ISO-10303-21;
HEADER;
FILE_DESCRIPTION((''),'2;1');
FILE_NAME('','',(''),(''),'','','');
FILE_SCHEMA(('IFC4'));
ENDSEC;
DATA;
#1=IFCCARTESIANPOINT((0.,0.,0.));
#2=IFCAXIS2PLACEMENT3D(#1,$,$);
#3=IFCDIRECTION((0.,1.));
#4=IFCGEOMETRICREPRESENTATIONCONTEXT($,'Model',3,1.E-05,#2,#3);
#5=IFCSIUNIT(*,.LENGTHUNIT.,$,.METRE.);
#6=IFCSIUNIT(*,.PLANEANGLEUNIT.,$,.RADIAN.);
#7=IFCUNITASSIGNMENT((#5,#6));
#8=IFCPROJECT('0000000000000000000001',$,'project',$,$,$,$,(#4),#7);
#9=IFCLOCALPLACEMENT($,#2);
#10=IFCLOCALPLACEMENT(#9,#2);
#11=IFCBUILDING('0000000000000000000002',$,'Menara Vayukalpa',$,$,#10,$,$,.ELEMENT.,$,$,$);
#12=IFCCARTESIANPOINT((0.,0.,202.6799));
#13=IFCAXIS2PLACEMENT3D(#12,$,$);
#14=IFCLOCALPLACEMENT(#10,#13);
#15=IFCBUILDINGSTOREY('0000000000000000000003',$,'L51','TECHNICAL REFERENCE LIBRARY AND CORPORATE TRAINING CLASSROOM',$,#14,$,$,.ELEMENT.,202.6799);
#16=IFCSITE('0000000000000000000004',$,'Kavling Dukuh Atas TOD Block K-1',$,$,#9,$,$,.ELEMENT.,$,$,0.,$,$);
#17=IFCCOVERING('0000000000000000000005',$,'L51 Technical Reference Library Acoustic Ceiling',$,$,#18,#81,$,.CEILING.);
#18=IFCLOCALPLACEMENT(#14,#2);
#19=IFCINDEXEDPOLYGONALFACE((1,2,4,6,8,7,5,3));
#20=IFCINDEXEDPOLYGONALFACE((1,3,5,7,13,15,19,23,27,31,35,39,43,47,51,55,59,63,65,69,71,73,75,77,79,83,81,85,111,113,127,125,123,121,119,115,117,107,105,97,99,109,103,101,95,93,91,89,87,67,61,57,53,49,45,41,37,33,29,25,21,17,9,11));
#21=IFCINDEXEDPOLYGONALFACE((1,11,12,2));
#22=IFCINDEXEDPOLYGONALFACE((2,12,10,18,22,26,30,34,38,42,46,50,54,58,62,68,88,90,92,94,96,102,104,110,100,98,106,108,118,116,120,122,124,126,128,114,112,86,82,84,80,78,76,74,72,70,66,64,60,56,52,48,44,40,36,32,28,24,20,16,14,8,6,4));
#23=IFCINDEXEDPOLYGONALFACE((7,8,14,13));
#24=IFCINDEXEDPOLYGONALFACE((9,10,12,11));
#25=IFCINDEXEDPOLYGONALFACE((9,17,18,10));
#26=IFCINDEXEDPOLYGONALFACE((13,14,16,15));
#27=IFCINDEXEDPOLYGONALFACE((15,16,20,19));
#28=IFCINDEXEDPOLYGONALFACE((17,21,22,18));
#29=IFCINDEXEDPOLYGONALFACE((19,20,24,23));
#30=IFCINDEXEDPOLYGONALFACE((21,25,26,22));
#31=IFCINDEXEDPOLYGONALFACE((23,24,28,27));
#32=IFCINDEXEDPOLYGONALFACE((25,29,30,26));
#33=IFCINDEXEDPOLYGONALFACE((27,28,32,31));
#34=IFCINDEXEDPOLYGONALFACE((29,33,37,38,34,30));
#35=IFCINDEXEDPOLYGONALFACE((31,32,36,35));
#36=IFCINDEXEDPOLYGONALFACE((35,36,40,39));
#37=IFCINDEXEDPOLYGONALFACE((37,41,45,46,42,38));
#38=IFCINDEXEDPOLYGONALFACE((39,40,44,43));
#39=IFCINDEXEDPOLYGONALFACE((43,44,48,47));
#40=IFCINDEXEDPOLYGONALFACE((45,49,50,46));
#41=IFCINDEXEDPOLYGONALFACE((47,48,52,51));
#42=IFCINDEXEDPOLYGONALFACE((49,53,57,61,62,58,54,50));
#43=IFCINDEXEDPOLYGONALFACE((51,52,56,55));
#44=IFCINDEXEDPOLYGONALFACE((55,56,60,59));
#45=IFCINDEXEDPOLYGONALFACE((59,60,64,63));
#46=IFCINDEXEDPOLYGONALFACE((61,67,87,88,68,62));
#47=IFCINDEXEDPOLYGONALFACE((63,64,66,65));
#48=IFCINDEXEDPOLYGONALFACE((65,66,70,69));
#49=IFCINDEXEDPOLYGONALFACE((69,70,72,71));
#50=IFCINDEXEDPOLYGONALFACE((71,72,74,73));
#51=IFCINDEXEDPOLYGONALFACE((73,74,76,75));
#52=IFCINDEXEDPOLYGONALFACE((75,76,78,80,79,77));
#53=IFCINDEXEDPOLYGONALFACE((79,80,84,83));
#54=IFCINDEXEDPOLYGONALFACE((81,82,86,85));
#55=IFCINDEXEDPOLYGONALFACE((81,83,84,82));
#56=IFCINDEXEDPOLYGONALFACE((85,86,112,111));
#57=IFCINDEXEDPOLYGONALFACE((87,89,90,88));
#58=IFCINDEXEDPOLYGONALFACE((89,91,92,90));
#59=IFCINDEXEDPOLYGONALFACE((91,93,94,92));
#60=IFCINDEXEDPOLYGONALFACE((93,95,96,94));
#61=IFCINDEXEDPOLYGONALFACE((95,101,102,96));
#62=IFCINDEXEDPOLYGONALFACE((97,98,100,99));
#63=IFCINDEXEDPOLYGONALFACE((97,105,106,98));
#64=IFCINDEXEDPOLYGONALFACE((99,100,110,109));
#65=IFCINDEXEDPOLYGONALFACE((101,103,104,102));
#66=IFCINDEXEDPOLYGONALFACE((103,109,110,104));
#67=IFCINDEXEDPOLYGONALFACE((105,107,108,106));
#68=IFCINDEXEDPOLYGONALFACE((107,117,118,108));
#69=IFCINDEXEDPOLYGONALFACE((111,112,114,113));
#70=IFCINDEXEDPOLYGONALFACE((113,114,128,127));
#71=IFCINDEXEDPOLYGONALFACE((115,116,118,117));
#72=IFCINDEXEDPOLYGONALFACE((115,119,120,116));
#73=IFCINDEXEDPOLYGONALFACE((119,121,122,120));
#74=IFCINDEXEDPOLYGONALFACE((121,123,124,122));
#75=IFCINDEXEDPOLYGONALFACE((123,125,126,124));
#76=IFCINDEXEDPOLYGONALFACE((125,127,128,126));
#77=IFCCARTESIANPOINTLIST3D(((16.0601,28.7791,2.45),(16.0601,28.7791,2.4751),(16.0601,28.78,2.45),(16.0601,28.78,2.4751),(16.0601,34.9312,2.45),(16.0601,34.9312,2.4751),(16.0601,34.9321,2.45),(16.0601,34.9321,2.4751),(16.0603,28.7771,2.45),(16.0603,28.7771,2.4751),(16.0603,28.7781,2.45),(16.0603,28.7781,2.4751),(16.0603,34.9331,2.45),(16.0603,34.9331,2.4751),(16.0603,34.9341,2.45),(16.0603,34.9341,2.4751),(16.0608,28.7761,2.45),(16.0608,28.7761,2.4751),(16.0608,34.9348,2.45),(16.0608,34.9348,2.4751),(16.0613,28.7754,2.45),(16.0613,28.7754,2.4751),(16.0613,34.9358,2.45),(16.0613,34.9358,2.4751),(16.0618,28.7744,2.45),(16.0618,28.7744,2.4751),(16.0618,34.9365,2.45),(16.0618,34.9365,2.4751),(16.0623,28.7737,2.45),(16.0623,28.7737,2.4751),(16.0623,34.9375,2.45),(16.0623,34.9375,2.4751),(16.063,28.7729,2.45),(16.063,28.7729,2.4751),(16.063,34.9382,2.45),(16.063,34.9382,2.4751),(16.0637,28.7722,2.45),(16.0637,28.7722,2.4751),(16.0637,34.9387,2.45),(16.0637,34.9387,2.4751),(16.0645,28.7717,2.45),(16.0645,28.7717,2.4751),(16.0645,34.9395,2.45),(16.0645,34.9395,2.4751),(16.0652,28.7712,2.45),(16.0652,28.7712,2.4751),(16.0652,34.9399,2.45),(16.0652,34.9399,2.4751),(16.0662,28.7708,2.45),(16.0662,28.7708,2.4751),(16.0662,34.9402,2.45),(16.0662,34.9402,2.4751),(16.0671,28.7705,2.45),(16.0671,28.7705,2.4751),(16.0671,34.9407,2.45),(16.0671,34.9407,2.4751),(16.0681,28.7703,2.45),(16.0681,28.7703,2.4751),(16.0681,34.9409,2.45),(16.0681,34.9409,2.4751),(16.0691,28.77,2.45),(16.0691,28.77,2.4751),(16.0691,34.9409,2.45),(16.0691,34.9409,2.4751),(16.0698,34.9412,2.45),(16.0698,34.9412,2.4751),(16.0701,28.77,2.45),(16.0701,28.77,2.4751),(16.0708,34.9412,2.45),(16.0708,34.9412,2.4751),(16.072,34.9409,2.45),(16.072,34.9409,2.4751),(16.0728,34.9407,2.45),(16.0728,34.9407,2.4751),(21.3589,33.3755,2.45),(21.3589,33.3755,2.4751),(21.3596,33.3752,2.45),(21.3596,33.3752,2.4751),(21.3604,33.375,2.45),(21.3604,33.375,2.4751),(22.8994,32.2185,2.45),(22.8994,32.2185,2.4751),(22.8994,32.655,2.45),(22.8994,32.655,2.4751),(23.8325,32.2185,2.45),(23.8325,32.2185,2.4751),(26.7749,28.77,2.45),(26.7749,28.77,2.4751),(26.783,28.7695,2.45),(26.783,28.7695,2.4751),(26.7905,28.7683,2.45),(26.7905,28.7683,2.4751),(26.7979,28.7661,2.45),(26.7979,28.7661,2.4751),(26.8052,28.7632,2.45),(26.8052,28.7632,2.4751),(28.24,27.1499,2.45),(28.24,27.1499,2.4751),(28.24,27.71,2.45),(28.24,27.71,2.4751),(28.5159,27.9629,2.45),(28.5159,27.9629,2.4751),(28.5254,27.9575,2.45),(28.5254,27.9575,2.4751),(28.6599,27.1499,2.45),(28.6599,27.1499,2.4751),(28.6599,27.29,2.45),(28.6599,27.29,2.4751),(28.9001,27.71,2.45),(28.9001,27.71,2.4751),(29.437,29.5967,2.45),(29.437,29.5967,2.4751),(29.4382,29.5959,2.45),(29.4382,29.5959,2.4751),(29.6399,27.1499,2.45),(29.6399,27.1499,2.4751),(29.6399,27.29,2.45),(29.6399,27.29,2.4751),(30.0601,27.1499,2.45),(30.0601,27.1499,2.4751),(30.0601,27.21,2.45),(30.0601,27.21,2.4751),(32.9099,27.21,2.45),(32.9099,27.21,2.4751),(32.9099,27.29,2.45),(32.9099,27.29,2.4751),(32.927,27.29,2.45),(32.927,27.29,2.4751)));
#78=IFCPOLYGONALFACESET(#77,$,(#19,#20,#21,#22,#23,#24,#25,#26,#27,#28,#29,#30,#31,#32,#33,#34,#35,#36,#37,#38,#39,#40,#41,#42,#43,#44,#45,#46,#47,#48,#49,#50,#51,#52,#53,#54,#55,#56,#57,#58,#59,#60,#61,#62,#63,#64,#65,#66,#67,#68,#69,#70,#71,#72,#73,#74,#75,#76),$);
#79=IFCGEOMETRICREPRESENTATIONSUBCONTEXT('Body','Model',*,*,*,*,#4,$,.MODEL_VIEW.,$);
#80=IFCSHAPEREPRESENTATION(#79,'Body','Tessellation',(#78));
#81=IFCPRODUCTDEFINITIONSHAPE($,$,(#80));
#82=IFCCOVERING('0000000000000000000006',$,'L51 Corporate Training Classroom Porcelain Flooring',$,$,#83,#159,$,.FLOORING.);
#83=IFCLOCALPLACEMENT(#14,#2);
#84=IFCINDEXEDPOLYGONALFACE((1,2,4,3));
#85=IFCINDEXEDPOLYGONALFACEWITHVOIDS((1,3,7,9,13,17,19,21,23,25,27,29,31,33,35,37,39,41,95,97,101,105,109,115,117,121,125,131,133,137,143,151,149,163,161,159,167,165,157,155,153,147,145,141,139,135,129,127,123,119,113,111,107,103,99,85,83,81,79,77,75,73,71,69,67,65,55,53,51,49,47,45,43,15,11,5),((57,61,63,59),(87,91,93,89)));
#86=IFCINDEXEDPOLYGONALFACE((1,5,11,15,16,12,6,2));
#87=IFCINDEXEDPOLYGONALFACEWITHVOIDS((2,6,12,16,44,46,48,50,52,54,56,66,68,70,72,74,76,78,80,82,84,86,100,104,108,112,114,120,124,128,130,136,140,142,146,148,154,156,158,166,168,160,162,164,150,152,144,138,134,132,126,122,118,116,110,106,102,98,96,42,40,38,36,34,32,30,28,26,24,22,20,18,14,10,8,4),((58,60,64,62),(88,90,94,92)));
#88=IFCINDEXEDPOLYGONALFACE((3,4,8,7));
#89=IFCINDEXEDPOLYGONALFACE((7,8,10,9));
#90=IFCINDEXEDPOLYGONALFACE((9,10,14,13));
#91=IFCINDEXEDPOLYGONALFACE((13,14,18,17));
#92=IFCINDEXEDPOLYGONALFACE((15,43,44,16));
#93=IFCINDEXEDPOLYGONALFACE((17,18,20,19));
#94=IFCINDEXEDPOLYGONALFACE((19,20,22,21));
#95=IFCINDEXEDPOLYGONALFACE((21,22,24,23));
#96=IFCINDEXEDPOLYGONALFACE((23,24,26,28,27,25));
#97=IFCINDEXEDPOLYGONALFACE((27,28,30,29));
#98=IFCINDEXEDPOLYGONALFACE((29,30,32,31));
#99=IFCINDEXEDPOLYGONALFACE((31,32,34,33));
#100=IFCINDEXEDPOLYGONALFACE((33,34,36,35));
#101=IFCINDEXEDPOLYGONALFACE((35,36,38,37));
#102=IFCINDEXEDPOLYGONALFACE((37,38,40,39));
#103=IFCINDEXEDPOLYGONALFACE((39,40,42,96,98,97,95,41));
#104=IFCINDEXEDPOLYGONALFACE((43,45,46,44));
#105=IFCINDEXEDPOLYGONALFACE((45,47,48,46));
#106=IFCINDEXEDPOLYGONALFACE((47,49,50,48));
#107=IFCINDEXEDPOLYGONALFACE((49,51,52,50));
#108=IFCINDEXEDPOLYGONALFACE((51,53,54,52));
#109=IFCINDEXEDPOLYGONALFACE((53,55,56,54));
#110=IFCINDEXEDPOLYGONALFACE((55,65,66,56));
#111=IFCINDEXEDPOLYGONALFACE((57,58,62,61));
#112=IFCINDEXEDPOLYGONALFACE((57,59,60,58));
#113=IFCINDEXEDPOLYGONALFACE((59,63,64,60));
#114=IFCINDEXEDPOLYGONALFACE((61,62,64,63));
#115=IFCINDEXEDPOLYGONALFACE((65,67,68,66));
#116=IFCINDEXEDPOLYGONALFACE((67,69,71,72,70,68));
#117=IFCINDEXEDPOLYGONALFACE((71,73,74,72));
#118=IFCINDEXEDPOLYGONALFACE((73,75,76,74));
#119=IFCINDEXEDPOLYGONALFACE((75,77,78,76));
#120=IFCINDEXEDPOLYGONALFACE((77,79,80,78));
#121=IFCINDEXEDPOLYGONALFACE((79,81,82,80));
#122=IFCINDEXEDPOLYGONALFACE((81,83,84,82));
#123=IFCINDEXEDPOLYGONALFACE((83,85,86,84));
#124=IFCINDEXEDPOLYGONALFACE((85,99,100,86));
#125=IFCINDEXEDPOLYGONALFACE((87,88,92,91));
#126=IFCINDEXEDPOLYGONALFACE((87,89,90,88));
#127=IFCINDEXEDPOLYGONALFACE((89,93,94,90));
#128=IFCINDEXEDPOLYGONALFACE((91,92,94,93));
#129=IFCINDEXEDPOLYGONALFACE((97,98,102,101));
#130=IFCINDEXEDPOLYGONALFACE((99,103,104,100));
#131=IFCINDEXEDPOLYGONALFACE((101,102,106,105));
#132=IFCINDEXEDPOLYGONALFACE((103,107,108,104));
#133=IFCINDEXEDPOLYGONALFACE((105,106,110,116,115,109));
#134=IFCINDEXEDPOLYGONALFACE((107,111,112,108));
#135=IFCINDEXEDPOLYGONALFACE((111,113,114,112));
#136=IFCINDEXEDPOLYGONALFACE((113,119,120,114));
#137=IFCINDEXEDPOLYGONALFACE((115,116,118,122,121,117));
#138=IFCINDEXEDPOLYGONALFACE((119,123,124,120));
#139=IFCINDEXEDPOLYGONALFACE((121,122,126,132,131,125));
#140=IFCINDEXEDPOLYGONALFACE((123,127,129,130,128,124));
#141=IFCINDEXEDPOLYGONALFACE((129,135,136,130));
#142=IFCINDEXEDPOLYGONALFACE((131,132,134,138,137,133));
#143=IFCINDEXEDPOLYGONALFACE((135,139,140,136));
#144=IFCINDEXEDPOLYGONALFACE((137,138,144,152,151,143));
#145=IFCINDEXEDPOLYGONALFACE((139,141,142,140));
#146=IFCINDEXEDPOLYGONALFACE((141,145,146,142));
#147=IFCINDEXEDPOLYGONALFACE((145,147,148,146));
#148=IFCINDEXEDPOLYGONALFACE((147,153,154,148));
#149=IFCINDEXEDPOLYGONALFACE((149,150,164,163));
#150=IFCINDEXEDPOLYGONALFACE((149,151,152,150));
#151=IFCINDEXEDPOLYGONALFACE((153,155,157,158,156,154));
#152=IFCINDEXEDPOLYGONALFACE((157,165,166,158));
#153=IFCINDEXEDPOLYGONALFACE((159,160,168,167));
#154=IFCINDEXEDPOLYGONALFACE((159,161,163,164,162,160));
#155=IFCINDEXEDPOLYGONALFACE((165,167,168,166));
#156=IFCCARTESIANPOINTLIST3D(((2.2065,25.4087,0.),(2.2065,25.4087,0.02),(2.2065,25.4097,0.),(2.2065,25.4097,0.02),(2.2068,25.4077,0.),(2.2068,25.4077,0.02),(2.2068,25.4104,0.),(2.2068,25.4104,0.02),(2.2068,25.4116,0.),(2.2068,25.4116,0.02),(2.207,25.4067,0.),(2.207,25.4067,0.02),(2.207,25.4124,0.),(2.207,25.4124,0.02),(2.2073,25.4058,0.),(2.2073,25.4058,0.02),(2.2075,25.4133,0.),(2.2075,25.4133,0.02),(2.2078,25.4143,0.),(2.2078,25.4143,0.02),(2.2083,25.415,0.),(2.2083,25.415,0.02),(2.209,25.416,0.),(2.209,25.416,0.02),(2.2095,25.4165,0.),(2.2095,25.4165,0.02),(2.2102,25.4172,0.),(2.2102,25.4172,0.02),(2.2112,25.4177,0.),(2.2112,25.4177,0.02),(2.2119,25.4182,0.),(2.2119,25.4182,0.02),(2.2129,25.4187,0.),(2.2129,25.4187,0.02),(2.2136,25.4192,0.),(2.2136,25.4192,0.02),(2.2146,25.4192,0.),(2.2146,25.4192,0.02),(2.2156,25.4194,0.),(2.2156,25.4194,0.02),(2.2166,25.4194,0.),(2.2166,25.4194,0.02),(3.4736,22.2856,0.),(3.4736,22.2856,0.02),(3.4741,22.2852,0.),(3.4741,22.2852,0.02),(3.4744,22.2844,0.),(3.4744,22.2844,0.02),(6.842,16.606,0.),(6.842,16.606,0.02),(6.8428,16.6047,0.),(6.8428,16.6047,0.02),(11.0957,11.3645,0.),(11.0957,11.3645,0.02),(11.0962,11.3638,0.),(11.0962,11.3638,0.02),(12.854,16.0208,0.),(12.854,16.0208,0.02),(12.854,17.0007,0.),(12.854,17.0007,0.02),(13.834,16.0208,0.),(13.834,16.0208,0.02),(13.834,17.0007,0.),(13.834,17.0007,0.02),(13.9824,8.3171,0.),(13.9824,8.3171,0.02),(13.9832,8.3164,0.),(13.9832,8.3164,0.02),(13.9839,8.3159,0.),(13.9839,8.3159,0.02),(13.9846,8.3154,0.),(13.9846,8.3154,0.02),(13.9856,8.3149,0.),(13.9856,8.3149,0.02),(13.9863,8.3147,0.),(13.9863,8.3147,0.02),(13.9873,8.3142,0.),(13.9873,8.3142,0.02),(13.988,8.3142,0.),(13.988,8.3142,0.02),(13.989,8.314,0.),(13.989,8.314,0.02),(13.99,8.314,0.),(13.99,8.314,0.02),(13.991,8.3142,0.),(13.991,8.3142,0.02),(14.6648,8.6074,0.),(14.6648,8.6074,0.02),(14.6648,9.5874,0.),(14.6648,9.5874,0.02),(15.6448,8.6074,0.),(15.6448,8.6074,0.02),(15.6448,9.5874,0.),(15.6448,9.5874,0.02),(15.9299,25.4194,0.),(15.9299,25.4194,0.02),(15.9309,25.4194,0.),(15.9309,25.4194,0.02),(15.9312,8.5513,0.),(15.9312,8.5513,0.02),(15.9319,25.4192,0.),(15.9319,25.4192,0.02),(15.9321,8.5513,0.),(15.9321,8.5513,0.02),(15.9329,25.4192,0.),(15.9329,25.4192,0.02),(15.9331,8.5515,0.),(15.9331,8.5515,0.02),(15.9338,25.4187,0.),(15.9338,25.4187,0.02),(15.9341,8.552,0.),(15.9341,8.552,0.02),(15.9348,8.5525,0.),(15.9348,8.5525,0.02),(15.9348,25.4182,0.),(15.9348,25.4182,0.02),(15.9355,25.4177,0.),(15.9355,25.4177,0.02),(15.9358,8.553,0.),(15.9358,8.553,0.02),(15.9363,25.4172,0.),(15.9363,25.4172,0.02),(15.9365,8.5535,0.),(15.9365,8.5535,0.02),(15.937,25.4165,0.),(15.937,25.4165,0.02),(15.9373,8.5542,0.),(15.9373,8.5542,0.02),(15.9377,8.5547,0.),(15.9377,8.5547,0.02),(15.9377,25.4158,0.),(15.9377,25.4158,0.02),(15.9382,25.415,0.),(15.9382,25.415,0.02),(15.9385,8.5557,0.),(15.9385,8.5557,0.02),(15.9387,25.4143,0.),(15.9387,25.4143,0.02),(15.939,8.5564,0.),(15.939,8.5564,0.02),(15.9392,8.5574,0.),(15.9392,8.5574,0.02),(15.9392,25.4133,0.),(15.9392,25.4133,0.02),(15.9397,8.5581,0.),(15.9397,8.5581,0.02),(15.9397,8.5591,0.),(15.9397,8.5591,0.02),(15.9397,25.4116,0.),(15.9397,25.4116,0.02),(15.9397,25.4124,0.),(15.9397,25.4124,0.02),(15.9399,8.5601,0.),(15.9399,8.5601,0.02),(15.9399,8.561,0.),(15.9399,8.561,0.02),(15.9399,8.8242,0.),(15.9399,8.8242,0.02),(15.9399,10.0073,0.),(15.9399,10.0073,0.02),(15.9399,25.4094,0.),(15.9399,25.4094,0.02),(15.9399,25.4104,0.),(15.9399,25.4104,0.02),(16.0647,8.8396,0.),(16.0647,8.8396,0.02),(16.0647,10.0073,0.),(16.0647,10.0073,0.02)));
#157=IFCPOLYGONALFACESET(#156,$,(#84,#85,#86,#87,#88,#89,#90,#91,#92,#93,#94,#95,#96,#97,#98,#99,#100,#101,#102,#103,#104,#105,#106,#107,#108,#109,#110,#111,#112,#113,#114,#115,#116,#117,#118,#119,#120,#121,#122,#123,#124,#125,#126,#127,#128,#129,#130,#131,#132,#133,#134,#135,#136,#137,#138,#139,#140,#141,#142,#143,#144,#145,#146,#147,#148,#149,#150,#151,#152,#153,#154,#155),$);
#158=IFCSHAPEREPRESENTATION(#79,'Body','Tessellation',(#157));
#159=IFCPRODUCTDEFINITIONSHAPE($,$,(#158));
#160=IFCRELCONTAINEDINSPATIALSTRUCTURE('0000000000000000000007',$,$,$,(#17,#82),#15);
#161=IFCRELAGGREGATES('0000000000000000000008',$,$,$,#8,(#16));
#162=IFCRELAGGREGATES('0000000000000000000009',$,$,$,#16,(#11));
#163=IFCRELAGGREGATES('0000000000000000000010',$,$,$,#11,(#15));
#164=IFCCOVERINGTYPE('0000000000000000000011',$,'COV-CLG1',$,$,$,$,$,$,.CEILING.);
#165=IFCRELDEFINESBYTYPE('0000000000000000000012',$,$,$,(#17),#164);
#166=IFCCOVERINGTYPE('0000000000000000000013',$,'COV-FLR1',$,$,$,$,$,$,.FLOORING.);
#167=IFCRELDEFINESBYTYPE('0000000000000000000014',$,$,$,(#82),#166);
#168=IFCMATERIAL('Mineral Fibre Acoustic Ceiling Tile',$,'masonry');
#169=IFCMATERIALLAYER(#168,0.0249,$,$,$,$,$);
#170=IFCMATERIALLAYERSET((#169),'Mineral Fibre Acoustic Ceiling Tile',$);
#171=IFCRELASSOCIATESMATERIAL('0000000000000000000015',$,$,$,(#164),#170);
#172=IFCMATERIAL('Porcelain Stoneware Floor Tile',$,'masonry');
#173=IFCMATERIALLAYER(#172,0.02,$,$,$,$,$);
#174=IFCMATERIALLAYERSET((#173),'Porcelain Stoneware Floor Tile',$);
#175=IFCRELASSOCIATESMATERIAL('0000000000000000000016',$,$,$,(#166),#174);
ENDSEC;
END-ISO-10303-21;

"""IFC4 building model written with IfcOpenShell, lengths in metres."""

from ifc_helpers import new_model, si_unit, direction, frame, origin, place, context, subcontext, project, spatial, polyline, outline, extrude, material, layer, layer_set, type_object, element, save


model = new_model("IFC4")

# Units and contexts
model_context = context("Model", 3, precision=1e-05, world=origin(), true_north=direction((0.0, 1.0)))
body_context = subcontext(model_context, "Body", "Model", "MODEL_VIEW")
ifc_project = project(units=[si_unit("LENGTHUNIT", "METRE"), si_unit("PLANEANGLEUNIT", "RADIAN")], contexts=[model_context])

# Site, building, storey
site_placement = place(None, origin())
site = spatial("IfcSite", under=ifc_project, at=site_placement, Name="Kavling Dukuh Atas TOD Block K-1", CompositionType="ELEMENT", RefElevation=0.0)
building_placement = place(site_placement, origin())
building = spatial("IfcBuilding", under=site, at=building_placement, Name="Menara Vayukalpa", CompositionType="ELEMENT")
storey_placement = place(building_placement, frame((0.0, 0.0, 202.6799)))
storey = spatial("IfcBuildingStorey", under=building, at=storey_placement, Name="L51", Description="TECHNICAL REFERENCE LIBRARY AND CORPORATE TRAINING CLASSROOM", CompositionType="ELEMENT", Elevation=202.6799)

# Coverings
ifc_material_1 = material(Name="Mineral Fibre Acoustic Ceiling Tile", Category="masonry")
ifc_layer_1 = layer(ifc_material_1, 0.0249)
ifc_layer_set_1 = layer_set([ifc_layer_1], Name="Mineral Fibre Acoustic Ceiling Tile")
covering_type_1 = type_object("IfcCoveringType", Name="COV-CLG1", PredefinedType="CEILING", material=ifc_layer_set_1)
covering_1_placement = place(storey_placement, frame((0.0, 0.0, 2.45)))
element("IfcCovering", 1, at=covering_1_placement, inside=storey, type_object=covering_type_1, Name="L51 Technical Reference Library Acoustic Ceiling", PredefinedType="CEILING", context=body_context, shape_type="SweptSolid", body=[
    extrude(outline(polyline([(28.5254, 27.9575), (28.5159, 27.9629), (26.8052, 28.7632), (26.7979, 28.7661), (26.7905, 28.7683), (26.783, 28.7695), (26.7749, 28.77), (16.0701, 28.77), (16.0691, 28.77), (16.0681, 28.7703), (16.0671, 28.7705), (16.0662, 28.7708), (16.0652, 28.7712), (16.0645, 28.7717), (16.0637, 28.7722), (16.063, 28.7729), (16.0623, 28.7737), (16.0618, 28.7744), (16.0613, 28.7754), (16.0608, 28.7761), (16.0603, 28.7771), (16.0603, 28.7781), (16.0601, 28.7791), (16.0601, 28.78), (16.0601, 34.9312), (16.0601, 34.9321), (16.0603, 34.9331), (16.0603, 34.9341), (16.0608, 34.9348), (16.0613, 34.9358), (16.0618, 34.9365), (16.0623, 34.9375), (16.063, 34.9382), (16.0637, 34.9387), (16.0645, 34.9395), (16.0652, 34.9399), (16.0662, 34.9402), (16.0671, 34.9407), (16.0681, 34.9409), (16.0691, 34.9409), (16.0698, 34.9412), (16.0708, 34.9412), (16.072, 34.9409), (16.0728, 34.9407), (21.3589, 33.3755), (21.3596, 33.3752), (21.3604, 33.375), (22.8994, 32.655), (22.8994, 32.2185), (23.8325, 32.2185), (29.437, 29.5967), (29.4382, 29.5959), (32.927, 27.29), (32.9099, 27.29), (32.9099, 27.21), (30.0601, 27.21), (30.0601, 27.1499), (29.6399, 27.1499), (29.6399, 27.29), (28.6599, 27.29), (28.6599, 27.1499), (28.24, 27.1499), (28.24, 27.71), (28.9001, 27.71), (28.5254, 27.9575)])), origin(), (0.0, 0.0, 1.0), 0.0251),
])
ifc_material_2 = material(Name="Porcelain Stoneware Floor Tile", Category="masonry")
ifc_layer_2 = layer(ifc_material_2, 0.02)
ifc_layer_set_2 = layer_set([ifc_layer_2], Name="Porcelain Stoneware Floor Tile")
covering_type_2 = type_object("IfcCoveringType", Name="COV-FLR1", PredefinedType="FLOORING", material=ifc_layer_set_2)
covering_2_placement = place(storey_placement, origin())
element("IfcCovering", 2, at=covering_2_placement, inside=storey, type_object=covering_type_2, Name="L51 Corporate Training Classroom Porcelain Flooring", PredefinedType="FLOORING", context=body_context, shape_type="SweptSolid", body=[
    extrude(outline(polyline([(16.0647, 8.8396), (15.9399, 8.8242), (15.9399, 8.561), (15.9399, 8.5601), (15.9397, 8.5591), (15.9397, 8.5581), (15.9392, 8.5574), (15.939, 8.5564), (15.9385, 8.5557), (15.9377, 8.5547), (15.9373, 8.5542), (15.9365, 8.5535), (15.9358, 8.553), (15.9348, 8.5525), (15.9341, 8.552), (15.9331, 8.5515), (15.9321, 8.5513), (15.9312, 8.5513), (13.991, 8.3142), (13.99, 8.314), (13.989, 8.314), (13.988, 8.3142), (13.9873, 8.3142), (13.9863, 8.3147), (13.9856, 8.3149), (13.9846, 8.3154), (13.9839, 8.3159), (13.9832, 8.3164), (13.9824, 8.3171), (11.0962, 11.3638), (11.0957, 11.3645), (6.8428, 16.6047), (6.842, 16.606), (3.4744, 22.2844), (3.4741, 22.2852), (3.4736, 22.2856), (2.2073, 25.4058), (2.207, 25.4067), (2.2068, 25.4077), (2.2065, 25.4087), (2.2065, 25.4097), (2.2068, 25.4104), (2.2068, 25.4116), (2.207, 25.4124), (2.2075, 25.4133), (2.2078, 25.4143), (2.2083, 25.415), (2.209, 25.416), (2.2095, 25.4165), (2.2102, 25.4172), (2.2112, 25.4177), (2.2119, 25.4182), (2.2129, 25.4187), (2.2136, 25.4192), (2.2146, 25.4192), (2.2156, 25.4194), (2.2166, 25.4194), (15.9299, 25.4194), (15.9309, 25.4194), (15.9319, 25.4192), (15.9329, 25.4192), (15.9338, 25.4187), (15.9348, 25.4182), (15.9355, 25.4177), (15.9363, 25.4172), (15.937, 25.4165), (15.9377, 25.4158), (15.9382, 25.415), (15.9387, 25.4143), (15.9392, 25.4133), (15.9397, 25.4124), (15.9397, 25.4116), (15.9399, 25.4104), (15.9399, 25.4094), (15.9399, 10.0073), (16.0647, 10.0073), (16.0647, 8.8396)]), holes=[polyline([(15.6448, 9.5874), (14.6648, 9.5874), (14.6648, 8.6074), (15.6448, 8.6074), (15.6448, 9.5874)]), polyline([(13.834, 17.0007), (12.854, 17.0007), (12.854, 16.0208), (13.834, 16.0208), (13.834, 17.0007)])]), origin(), (0.0, 0.0, 1.0), 0.02),
])

save(model, "model.ifc")
